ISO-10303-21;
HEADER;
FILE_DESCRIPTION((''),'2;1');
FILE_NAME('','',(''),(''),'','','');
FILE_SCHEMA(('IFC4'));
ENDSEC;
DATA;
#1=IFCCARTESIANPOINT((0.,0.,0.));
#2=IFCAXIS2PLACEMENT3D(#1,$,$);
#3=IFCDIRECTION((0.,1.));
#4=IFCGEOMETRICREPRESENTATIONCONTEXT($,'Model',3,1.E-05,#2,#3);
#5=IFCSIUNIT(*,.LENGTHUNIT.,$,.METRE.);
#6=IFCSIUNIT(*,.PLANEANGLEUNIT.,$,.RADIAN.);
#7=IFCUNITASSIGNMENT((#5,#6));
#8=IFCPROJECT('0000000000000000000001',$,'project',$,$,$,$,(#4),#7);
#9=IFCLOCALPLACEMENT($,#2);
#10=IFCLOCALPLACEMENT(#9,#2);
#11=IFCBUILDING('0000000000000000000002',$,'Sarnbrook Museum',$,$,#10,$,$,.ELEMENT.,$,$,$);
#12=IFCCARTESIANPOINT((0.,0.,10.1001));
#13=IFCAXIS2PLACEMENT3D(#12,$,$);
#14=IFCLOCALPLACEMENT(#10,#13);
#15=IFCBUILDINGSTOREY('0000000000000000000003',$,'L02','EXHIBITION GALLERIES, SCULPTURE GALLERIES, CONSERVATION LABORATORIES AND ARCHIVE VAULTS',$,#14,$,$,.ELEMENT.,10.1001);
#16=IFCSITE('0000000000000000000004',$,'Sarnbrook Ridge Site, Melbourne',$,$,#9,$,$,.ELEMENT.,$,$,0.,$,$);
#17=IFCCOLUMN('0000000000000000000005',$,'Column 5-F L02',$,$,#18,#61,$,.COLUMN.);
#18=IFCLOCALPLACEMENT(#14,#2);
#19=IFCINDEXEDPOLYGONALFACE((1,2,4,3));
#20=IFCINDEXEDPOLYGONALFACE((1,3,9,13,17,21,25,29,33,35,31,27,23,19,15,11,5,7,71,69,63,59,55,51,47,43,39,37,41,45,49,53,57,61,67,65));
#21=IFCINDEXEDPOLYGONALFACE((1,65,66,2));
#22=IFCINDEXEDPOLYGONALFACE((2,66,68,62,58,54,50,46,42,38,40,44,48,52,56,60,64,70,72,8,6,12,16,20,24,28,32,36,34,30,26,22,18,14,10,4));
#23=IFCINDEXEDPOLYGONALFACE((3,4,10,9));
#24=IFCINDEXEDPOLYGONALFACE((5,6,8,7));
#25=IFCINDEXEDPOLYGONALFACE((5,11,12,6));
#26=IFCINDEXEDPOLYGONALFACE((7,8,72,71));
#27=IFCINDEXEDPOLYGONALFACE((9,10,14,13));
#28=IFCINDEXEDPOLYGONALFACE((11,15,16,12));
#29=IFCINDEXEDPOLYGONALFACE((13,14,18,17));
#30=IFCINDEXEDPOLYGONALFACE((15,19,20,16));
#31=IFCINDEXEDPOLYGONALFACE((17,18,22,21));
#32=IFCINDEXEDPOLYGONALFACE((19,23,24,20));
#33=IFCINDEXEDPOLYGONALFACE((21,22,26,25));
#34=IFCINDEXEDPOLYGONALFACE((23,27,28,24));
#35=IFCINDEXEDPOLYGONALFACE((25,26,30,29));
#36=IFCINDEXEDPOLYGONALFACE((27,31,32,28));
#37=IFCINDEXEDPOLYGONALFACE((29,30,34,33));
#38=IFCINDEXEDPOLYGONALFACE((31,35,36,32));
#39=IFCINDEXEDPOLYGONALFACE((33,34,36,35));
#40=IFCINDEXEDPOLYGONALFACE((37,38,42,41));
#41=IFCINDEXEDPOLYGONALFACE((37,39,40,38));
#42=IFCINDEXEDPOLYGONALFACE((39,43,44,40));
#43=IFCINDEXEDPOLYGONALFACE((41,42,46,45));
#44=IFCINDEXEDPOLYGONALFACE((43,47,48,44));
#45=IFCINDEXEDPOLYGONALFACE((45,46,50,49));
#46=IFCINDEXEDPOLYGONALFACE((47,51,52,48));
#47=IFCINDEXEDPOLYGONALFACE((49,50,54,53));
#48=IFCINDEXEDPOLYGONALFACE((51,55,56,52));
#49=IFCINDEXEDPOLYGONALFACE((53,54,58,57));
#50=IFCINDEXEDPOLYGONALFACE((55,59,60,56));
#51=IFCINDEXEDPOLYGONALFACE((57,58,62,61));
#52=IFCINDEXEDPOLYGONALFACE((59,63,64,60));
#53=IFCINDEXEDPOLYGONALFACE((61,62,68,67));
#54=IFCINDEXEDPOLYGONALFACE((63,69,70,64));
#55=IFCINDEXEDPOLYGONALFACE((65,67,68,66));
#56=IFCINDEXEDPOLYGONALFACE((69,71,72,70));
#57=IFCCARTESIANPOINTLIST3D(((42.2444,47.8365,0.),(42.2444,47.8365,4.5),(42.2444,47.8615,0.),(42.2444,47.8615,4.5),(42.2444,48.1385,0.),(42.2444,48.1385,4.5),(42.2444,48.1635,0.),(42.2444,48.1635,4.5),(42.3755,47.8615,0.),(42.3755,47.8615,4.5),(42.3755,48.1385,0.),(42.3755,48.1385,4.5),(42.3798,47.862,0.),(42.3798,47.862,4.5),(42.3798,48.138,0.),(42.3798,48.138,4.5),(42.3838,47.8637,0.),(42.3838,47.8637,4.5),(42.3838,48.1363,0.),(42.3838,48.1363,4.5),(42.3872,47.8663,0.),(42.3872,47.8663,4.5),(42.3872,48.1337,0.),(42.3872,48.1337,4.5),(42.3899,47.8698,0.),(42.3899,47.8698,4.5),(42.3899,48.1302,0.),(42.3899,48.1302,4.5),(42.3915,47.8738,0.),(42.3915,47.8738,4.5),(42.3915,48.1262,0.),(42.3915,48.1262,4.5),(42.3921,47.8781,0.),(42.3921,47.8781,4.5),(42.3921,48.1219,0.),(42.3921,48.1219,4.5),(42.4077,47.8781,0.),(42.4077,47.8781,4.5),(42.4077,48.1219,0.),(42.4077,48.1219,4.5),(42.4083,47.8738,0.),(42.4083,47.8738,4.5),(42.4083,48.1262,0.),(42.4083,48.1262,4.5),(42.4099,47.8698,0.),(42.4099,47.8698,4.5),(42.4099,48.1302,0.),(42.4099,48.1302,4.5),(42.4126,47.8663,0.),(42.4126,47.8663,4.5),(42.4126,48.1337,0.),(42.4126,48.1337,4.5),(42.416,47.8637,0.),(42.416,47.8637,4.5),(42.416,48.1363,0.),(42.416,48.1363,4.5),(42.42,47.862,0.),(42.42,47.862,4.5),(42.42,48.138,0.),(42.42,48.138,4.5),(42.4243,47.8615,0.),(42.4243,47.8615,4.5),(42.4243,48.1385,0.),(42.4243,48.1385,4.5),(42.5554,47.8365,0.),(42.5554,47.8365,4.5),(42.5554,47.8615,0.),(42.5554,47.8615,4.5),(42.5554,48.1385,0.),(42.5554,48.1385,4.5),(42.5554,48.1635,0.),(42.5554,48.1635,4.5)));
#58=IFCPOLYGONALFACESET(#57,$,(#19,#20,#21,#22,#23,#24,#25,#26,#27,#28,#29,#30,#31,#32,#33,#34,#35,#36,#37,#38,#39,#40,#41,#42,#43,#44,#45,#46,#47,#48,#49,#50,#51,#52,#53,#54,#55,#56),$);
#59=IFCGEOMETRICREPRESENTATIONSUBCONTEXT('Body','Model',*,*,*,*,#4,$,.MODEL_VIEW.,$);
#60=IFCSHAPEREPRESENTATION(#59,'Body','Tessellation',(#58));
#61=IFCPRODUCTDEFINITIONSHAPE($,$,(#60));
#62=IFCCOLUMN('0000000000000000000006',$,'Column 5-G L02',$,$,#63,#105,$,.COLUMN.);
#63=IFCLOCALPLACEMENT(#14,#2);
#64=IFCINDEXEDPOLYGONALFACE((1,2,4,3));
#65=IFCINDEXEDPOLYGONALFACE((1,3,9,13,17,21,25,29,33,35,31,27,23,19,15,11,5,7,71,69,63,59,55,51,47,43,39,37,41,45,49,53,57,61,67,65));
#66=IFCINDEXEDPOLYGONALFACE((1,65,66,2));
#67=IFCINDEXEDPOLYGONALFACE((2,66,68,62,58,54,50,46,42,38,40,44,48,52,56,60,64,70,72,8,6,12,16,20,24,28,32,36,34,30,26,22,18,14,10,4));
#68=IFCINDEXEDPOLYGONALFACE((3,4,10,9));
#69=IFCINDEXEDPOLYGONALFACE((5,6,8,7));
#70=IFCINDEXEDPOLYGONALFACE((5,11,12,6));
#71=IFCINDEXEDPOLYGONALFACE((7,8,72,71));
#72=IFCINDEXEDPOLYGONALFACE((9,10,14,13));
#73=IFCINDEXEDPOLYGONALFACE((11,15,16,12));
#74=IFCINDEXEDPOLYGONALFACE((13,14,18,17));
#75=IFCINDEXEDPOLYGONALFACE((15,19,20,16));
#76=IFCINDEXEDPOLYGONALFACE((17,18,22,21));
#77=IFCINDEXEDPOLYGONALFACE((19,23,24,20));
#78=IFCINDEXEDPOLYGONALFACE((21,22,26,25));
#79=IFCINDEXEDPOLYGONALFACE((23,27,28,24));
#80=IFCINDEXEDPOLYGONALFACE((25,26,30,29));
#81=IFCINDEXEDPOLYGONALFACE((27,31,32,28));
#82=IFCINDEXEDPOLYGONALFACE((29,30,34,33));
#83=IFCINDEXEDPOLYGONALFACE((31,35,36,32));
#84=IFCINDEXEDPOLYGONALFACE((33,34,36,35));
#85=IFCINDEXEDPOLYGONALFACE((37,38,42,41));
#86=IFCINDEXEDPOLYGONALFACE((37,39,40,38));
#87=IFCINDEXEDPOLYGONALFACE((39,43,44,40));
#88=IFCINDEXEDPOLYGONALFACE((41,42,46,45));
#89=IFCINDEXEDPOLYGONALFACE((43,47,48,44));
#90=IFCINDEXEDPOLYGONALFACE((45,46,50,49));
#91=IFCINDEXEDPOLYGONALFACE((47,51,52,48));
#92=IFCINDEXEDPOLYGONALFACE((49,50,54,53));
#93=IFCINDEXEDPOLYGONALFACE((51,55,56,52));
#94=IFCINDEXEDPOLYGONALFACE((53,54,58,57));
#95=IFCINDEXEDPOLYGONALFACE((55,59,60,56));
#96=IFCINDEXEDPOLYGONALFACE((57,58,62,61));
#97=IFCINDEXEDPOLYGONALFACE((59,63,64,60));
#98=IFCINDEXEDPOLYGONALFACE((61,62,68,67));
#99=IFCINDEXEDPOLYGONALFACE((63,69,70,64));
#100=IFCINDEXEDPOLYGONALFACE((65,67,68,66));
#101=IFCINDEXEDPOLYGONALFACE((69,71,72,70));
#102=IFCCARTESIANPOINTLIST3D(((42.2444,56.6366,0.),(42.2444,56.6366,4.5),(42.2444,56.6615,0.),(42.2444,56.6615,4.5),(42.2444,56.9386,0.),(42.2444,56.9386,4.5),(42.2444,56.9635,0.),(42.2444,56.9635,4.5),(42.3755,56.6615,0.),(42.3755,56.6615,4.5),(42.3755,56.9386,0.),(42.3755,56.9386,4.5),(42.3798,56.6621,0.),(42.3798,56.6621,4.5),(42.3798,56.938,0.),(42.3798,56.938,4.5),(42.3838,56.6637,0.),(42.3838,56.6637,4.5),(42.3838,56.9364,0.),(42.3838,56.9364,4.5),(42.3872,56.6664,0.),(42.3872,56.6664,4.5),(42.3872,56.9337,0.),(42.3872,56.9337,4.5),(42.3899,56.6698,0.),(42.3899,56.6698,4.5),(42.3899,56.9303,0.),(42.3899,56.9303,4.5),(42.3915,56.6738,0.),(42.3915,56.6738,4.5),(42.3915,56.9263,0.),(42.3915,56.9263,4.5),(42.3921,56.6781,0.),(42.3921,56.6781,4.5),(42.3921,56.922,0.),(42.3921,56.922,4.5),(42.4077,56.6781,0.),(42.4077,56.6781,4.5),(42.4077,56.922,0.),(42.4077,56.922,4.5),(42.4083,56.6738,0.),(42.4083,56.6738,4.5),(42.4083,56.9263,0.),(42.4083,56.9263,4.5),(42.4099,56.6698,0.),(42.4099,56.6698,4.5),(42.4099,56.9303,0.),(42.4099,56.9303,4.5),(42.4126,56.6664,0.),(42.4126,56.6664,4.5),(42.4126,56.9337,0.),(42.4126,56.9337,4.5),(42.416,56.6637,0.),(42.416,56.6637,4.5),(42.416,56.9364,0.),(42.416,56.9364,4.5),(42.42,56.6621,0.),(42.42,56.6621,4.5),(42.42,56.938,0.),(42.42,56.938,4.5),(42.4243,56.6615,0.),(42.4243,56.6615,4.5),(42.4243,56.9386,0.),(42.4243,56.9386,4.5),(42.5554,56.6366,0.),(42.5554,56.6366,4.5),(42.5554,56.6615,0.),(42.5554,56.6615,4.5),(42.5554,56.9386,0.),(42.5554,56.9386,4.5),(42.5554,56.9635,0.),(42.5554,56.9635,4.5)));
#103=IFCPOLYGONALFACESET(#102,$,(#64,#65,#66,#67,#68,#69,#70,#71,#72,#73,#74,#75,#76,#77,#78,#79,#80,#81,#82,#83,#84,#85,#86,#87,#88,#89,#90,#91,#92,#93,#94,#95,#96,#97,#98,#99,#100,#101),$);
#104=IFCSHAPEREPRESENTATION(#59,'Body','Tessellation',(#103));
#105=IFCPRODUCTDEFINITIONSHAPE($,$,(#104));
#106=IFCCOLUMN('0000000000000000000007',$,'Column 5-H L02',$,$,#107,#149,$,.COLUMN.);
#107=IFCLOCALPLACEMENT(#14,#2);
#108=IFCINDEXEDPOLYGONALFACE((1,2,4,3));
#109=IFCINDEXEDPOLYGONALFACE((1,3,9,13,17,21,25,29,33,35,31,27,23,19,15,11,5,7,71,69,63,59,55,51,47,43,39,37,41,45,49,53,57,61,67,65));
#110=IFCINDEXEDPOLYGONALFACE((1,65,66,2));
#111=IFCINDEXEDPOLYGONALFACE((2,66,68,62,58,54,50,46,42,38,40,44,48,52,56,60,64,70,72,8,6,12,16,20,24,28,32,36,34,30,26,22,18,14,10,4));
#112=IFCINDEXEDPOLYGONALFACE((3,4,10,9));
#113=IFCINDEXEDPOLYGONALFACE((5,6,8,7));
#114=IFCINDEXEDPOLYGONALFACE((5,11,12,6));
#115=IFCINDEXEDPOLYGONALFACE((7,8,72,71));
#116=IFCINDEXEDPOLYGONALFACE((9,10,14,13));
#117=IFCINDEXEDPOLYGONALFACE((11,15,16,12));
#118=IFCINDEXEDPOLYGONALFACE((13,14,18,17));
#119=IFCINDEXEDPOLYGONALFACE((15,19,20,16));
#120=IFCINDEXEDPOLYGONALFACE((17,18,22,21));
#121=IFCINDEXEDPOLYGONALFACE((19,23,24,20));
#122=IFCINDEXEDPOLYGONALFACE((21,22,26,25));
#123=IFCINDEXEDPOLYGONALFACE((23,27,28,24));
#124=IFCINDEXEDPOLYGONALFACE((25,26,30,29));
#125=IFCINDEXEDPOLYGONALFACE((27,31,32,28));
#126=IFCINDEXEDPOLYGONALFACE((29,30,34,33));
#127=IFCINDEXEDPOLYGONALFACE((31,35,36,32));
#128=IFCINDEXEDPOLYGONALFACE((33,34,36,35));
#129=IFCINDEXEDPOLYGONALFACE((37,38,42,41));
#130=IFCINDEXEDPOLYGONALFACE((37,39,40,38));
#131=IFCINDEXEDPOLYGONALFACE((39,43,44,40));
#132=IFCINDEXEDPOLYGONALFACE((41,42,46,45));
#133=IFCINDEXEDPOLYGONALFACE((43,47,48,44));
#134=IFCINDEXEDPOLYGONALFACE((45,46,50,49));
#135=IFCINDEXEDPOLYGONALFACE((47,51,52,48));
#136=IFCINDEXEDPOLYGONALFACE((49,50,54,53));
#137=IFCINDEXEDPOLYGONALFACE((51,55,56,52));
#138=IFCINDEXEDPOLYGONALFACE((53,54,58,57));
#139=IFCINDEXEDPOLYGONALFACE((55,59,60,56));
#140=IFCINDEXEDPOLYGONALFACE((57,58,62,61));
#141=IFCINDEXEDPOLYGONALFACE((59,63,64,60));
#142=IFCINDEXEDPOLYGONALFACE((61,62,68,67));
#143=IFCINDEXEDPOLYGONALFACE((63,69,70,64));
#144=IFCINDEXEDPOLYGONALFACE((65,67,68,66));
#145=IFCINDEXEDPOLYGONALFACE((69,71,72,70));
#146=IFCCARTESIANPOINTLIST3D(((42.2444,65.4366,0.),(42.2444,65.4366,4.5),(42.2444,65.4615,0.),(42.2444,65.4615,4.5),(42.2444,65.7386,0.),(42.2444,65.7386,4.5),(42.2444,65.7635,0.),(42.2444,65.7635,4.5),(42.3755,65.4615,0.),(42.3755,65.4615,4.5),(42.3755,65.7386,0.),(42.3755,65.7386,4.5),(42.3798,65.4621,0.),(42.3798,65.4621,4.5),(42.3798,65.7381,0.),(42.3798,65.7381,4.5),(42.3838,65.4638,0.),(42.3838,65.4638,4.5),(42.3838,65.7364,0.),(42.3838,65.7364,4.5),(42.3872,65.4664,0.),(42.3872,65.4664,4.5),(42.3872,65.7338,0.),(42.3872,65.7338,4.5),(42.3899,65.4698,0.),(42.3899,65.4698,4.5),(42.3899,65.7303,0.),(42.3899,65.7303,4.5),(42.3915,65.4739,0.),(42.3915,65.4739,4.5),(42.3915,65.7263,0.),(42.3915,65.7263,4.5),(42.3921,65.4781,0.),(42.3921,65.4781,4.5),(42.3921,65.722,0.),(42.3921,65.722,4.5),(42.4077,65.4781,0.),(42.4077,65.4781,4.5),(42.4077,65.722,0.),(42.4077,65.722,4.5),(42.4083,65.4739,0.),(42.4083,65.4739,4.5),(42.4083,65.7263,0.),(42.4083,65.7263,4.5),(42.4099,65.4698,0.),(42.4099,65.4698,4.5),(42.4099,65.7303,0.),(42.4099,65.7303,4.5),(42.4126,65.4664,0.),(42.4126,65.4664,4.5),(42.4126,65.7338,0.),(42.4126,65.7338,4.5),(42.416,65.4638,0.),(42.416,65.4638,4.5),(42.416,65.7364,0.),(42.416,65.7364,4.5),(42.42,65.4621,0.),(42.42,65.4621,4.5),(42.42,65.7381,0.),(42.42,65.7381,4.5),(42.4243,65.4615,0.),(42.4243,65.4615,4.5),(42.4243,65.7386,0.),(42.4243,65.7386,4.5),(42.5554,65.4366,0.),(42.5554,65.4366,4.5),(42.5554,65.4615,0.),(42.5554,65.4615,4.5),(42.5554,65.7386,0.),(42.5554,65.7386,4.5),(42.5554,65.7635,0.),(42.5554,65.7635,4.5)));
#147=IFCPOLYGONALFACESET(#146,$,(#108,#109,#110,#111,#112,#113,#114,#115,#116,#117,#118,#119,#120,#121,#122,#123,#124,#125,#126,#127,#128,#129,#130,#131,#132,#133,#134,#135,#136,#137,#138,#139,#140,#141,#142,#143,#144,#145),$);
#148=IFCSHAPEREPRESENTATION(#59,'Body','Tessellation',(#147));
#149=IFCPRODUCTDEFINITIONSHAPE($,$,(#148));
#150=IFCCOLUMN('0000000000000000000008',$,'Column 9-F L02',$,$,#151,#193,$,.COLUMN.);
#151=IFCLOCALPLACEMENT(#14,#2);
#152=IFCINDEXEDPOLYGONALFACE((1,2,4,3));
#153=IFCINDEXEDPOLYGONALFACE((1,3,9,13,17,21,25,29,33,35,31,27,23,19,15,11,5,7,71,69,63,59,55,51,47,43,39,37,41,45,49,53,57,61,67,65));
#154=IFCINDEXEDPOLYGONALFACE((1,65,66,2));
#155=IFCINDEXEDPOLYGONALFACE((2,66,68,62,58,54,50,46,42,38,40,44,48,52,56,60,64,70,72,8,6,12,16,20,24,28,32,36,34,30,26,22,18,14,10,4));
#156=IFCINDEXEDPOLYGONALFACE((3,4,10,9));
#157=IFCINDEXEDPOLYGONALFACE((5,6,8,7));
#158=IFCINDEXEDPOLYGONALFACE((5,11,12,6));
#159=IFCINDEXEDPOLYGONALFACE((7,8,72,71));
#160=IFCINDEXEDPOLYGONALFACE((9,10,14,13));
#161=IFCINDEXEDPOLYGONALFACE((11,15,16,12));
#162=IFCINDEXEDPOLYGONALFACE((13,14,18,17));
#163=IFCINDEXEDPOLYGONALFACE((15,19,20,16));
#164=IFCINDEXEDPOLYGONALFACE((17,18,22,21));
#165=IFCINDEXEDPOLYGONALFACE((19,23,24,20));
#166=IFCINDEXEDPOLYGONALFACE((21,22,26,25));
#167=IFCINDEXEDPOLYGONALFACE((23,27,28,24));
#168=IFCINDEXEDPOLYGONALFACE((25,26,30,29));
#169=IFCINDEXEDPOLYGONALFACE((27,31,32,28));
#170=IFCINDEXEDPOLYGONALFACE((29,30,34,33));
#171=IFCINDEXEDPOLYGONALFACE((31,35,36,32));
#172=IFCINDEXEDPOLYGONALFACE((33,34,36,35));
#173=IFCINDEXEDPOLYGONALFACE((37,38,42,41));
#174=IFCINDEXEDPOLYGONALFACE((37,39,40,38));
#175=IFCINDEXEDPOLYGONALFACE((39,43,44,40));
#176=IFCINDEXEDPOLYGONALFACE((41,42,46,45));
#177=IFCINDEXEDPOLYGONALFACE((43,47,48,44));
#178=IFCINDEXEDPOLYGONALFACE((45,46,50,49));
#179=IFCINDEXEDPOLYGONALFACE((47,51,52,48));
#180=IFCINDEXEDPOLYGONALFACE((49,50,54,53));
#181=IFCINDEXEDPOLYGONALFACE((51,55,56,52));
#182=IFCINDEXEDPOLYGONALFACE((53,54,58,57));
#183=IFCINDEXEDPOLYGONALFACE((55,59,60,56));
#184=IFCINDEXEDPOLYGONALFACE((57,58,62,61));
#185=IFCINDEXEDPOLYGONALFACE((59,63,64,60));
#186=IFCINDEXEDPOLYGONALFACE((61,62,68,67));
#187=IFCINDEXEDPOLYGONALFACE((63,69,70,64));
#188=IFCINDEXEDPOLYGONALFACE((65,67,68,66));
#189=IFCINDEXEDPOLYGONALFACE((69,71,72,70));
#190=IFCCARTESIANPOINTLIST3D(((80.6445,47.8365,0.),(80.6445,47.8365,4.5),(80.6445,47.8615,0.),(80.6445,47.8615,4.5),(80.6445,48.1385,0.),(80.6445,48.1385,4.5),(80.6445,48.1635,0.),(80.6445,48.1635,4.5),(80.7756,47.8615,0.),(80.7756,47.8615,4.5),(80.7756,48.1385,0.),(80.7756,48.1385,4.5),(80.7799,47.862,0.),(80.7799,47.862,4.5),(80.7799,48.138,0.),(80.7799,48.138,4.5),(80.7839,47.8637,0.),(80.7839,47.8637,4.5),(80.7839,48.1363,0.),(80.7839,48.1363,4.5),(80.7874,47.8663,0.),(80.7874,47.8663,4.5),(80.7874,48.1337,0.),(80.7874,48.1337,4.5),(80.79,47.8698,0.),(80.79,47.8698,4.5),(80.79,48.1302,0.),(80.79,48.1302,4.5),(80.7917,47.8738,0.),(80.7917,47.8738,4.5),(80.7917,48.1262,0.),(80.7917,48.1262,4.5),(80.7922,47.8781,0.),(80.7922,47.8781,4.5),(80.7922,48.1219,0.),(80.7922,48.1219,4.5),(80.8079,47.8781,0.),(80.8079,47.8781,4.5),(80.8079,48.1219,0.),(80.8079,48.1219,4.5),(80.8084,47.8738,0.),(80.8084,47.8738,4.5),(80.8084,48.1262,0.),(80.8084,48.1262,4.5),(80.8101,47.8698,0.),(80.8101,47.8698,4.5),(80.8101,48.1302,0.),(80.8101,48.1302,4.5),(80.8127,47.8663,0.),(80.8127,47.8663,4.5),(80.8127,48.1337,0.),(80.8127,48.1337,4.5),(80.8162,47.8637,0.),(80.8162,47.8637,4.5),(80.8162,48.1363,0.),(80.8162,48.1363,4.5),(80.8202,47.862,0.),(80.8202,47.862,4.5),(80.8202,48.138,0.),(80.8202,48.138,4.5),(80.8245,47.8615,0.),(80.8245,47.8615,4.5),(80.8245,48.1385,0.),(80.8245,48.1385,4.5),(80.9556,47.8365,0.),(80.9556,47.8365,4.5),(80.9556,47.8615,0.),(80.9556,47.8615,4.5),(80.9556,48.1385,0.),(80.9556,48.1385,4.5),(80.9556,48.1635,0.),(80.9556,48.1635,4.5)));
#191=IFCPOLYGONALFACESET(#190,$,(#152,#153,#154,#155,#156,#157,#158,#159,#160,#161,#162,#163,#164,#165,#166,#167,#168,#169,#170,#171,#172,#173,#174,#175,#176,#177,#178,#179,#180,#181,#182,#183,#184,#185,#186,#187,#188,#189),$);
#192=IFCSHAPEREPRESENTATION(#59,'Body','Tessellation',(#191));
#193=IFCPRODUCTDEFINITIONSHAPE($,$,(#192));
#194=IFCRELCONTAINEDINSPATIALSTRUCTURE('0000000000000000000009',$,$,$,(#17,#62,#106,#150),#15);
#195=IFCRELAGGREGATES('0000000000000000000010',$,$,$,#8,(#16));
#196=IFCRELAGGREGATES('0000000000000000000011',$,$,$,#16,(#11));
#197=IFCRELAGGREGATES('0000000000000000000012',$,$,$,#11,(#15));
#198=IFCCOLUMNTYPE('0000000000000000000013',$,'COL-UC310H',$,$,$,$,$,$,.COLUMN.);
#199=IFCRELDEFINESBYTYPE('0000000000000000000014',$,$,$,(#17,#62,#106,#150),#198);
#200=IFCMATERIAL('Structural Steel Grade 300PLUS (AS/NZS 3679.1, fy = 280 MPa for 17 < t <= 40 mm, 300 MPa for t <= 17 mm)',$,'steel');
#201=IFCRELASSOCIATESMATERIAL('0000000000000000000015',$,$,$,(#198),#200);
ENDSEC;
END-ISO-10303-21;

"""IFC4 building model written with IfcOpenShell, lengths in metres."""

from ifc_helpers import new_model, si_unit, direction, frame, origin, origin_2d, place, context, subcontext, project, spatial, i_section, extrude, material, material_profile, profile_set, type_object, element, save


model = new_model("IFC4")

# Units and contexts
model_context = context("Model", 3, precision=1e-05, world=origin(), true_north=direction((0.0, 1.0)))
body_context = subcontext(model_context, "Body", "Model", "MODEL_VIEW")
ifc_project = project(units=[si_unit("LENGTHUNIT", "METRE"), si_unit("PLANEANGLEUNIT", "RADIAN")], contexts=[model_context])

# Site, building, storey
site_placement = place(None, origin())
site = spatial("IfcSite", under=ifc_project, at=site_placement, Name="Sarnbrook Ridge Site, Melbourne", CompositionType="ELEMENT", RefElevation=0.0)
building_placement = place(site_placement, origin())
building = spatial("IfcBuilding", under=site, at=building_placement, Name="Sarnbrook Museum", CompositionType="ELEMENT")
storey_placement = place(building_placement, frame((0.0, 0.0, 10.1001)))
storey = spatial("IfcBuildingStorey", under=building, at=storey_placement, Name="L02", Description="EXHIBITION GALLERIES, SCULPTURE GALLERIES, CONSERVATION LABORATORIES AND ARCHIVE VAULTS", CompositionType="ELEMENT", Elevation=10.1001)

# Columns
ifc_material_1 = material(Name="Structural Steel Grade 300PLUS (AS/NZS 3679.1, fy = 280 MPa for 17 < t <= 40 mm, 300 MPa for t <= 17 mm)", Category="steel")
ifc_material_profile_1 = material_profile(ifc_material_1, i_section(OverallWidth=0.311, OverallDepth=0.3269, WebThickness=0.0156, FlangeThickness=0.0249, FilletRadius=0.0166, at=origin_2d()), Name="310UC158")
ifc_profile_set_1 = profile_set([ifc_material_profile_1], Name="Structural Steel Grade 300PLUS (AS/NZS 3679.1, fy = 280 MPa for 17 < t <= 40 mm, 300 MPa for t <= 17 mm)")
column_type_1 = type_object("IfcColumnType", Name="COL-UC310H", PredefinedType="COLUMN", material=ifc_profile_set_1)
for number, where, z_axis, x_axis, name in (
    (1, (42.3999, 48.0, 0.0), (0.0, 0.0, 1.0), (1.0, 0.0, 0.0), "Column 5-F L02"),
    (2, (42.3999, 56.8, 0.0), (0.0, 0.0, 1.0), (1.0, 0.0, 0.0), "Column 5-G L02"),
    (3, (42.3999, 65.6001, 0.0), (0.0, 0.0, 1.0), (1.0, 0.0, 0.0), "Column 5-H L02"),
    (4, (80.8, 48.0, 0.0), (0.0, 0.0, 1.0), (1.0, 0.0, 0.0), "Column 9-F L02"),
):
    element("IfcColumn", number, at=place(storey_placement, frame(where, z_axis=z_axis, x_axis=x_axis)), inside=storey, type_object=column_type_1, Name=name, PredefinedType="COLUMN", context=body_context, shape_type="SweptSolid", body=[
        extrude(i_section(OverallWidth=0.311, OverallDepth=0.3269, WebThickness=0.0156, FlangeThickness=0.0249, FilletRadius=0.0166, at=origin_2d()), origin(), (0.0, 0.0, 1.0), 4.5),
    ])

save(model, "model.ifc")
